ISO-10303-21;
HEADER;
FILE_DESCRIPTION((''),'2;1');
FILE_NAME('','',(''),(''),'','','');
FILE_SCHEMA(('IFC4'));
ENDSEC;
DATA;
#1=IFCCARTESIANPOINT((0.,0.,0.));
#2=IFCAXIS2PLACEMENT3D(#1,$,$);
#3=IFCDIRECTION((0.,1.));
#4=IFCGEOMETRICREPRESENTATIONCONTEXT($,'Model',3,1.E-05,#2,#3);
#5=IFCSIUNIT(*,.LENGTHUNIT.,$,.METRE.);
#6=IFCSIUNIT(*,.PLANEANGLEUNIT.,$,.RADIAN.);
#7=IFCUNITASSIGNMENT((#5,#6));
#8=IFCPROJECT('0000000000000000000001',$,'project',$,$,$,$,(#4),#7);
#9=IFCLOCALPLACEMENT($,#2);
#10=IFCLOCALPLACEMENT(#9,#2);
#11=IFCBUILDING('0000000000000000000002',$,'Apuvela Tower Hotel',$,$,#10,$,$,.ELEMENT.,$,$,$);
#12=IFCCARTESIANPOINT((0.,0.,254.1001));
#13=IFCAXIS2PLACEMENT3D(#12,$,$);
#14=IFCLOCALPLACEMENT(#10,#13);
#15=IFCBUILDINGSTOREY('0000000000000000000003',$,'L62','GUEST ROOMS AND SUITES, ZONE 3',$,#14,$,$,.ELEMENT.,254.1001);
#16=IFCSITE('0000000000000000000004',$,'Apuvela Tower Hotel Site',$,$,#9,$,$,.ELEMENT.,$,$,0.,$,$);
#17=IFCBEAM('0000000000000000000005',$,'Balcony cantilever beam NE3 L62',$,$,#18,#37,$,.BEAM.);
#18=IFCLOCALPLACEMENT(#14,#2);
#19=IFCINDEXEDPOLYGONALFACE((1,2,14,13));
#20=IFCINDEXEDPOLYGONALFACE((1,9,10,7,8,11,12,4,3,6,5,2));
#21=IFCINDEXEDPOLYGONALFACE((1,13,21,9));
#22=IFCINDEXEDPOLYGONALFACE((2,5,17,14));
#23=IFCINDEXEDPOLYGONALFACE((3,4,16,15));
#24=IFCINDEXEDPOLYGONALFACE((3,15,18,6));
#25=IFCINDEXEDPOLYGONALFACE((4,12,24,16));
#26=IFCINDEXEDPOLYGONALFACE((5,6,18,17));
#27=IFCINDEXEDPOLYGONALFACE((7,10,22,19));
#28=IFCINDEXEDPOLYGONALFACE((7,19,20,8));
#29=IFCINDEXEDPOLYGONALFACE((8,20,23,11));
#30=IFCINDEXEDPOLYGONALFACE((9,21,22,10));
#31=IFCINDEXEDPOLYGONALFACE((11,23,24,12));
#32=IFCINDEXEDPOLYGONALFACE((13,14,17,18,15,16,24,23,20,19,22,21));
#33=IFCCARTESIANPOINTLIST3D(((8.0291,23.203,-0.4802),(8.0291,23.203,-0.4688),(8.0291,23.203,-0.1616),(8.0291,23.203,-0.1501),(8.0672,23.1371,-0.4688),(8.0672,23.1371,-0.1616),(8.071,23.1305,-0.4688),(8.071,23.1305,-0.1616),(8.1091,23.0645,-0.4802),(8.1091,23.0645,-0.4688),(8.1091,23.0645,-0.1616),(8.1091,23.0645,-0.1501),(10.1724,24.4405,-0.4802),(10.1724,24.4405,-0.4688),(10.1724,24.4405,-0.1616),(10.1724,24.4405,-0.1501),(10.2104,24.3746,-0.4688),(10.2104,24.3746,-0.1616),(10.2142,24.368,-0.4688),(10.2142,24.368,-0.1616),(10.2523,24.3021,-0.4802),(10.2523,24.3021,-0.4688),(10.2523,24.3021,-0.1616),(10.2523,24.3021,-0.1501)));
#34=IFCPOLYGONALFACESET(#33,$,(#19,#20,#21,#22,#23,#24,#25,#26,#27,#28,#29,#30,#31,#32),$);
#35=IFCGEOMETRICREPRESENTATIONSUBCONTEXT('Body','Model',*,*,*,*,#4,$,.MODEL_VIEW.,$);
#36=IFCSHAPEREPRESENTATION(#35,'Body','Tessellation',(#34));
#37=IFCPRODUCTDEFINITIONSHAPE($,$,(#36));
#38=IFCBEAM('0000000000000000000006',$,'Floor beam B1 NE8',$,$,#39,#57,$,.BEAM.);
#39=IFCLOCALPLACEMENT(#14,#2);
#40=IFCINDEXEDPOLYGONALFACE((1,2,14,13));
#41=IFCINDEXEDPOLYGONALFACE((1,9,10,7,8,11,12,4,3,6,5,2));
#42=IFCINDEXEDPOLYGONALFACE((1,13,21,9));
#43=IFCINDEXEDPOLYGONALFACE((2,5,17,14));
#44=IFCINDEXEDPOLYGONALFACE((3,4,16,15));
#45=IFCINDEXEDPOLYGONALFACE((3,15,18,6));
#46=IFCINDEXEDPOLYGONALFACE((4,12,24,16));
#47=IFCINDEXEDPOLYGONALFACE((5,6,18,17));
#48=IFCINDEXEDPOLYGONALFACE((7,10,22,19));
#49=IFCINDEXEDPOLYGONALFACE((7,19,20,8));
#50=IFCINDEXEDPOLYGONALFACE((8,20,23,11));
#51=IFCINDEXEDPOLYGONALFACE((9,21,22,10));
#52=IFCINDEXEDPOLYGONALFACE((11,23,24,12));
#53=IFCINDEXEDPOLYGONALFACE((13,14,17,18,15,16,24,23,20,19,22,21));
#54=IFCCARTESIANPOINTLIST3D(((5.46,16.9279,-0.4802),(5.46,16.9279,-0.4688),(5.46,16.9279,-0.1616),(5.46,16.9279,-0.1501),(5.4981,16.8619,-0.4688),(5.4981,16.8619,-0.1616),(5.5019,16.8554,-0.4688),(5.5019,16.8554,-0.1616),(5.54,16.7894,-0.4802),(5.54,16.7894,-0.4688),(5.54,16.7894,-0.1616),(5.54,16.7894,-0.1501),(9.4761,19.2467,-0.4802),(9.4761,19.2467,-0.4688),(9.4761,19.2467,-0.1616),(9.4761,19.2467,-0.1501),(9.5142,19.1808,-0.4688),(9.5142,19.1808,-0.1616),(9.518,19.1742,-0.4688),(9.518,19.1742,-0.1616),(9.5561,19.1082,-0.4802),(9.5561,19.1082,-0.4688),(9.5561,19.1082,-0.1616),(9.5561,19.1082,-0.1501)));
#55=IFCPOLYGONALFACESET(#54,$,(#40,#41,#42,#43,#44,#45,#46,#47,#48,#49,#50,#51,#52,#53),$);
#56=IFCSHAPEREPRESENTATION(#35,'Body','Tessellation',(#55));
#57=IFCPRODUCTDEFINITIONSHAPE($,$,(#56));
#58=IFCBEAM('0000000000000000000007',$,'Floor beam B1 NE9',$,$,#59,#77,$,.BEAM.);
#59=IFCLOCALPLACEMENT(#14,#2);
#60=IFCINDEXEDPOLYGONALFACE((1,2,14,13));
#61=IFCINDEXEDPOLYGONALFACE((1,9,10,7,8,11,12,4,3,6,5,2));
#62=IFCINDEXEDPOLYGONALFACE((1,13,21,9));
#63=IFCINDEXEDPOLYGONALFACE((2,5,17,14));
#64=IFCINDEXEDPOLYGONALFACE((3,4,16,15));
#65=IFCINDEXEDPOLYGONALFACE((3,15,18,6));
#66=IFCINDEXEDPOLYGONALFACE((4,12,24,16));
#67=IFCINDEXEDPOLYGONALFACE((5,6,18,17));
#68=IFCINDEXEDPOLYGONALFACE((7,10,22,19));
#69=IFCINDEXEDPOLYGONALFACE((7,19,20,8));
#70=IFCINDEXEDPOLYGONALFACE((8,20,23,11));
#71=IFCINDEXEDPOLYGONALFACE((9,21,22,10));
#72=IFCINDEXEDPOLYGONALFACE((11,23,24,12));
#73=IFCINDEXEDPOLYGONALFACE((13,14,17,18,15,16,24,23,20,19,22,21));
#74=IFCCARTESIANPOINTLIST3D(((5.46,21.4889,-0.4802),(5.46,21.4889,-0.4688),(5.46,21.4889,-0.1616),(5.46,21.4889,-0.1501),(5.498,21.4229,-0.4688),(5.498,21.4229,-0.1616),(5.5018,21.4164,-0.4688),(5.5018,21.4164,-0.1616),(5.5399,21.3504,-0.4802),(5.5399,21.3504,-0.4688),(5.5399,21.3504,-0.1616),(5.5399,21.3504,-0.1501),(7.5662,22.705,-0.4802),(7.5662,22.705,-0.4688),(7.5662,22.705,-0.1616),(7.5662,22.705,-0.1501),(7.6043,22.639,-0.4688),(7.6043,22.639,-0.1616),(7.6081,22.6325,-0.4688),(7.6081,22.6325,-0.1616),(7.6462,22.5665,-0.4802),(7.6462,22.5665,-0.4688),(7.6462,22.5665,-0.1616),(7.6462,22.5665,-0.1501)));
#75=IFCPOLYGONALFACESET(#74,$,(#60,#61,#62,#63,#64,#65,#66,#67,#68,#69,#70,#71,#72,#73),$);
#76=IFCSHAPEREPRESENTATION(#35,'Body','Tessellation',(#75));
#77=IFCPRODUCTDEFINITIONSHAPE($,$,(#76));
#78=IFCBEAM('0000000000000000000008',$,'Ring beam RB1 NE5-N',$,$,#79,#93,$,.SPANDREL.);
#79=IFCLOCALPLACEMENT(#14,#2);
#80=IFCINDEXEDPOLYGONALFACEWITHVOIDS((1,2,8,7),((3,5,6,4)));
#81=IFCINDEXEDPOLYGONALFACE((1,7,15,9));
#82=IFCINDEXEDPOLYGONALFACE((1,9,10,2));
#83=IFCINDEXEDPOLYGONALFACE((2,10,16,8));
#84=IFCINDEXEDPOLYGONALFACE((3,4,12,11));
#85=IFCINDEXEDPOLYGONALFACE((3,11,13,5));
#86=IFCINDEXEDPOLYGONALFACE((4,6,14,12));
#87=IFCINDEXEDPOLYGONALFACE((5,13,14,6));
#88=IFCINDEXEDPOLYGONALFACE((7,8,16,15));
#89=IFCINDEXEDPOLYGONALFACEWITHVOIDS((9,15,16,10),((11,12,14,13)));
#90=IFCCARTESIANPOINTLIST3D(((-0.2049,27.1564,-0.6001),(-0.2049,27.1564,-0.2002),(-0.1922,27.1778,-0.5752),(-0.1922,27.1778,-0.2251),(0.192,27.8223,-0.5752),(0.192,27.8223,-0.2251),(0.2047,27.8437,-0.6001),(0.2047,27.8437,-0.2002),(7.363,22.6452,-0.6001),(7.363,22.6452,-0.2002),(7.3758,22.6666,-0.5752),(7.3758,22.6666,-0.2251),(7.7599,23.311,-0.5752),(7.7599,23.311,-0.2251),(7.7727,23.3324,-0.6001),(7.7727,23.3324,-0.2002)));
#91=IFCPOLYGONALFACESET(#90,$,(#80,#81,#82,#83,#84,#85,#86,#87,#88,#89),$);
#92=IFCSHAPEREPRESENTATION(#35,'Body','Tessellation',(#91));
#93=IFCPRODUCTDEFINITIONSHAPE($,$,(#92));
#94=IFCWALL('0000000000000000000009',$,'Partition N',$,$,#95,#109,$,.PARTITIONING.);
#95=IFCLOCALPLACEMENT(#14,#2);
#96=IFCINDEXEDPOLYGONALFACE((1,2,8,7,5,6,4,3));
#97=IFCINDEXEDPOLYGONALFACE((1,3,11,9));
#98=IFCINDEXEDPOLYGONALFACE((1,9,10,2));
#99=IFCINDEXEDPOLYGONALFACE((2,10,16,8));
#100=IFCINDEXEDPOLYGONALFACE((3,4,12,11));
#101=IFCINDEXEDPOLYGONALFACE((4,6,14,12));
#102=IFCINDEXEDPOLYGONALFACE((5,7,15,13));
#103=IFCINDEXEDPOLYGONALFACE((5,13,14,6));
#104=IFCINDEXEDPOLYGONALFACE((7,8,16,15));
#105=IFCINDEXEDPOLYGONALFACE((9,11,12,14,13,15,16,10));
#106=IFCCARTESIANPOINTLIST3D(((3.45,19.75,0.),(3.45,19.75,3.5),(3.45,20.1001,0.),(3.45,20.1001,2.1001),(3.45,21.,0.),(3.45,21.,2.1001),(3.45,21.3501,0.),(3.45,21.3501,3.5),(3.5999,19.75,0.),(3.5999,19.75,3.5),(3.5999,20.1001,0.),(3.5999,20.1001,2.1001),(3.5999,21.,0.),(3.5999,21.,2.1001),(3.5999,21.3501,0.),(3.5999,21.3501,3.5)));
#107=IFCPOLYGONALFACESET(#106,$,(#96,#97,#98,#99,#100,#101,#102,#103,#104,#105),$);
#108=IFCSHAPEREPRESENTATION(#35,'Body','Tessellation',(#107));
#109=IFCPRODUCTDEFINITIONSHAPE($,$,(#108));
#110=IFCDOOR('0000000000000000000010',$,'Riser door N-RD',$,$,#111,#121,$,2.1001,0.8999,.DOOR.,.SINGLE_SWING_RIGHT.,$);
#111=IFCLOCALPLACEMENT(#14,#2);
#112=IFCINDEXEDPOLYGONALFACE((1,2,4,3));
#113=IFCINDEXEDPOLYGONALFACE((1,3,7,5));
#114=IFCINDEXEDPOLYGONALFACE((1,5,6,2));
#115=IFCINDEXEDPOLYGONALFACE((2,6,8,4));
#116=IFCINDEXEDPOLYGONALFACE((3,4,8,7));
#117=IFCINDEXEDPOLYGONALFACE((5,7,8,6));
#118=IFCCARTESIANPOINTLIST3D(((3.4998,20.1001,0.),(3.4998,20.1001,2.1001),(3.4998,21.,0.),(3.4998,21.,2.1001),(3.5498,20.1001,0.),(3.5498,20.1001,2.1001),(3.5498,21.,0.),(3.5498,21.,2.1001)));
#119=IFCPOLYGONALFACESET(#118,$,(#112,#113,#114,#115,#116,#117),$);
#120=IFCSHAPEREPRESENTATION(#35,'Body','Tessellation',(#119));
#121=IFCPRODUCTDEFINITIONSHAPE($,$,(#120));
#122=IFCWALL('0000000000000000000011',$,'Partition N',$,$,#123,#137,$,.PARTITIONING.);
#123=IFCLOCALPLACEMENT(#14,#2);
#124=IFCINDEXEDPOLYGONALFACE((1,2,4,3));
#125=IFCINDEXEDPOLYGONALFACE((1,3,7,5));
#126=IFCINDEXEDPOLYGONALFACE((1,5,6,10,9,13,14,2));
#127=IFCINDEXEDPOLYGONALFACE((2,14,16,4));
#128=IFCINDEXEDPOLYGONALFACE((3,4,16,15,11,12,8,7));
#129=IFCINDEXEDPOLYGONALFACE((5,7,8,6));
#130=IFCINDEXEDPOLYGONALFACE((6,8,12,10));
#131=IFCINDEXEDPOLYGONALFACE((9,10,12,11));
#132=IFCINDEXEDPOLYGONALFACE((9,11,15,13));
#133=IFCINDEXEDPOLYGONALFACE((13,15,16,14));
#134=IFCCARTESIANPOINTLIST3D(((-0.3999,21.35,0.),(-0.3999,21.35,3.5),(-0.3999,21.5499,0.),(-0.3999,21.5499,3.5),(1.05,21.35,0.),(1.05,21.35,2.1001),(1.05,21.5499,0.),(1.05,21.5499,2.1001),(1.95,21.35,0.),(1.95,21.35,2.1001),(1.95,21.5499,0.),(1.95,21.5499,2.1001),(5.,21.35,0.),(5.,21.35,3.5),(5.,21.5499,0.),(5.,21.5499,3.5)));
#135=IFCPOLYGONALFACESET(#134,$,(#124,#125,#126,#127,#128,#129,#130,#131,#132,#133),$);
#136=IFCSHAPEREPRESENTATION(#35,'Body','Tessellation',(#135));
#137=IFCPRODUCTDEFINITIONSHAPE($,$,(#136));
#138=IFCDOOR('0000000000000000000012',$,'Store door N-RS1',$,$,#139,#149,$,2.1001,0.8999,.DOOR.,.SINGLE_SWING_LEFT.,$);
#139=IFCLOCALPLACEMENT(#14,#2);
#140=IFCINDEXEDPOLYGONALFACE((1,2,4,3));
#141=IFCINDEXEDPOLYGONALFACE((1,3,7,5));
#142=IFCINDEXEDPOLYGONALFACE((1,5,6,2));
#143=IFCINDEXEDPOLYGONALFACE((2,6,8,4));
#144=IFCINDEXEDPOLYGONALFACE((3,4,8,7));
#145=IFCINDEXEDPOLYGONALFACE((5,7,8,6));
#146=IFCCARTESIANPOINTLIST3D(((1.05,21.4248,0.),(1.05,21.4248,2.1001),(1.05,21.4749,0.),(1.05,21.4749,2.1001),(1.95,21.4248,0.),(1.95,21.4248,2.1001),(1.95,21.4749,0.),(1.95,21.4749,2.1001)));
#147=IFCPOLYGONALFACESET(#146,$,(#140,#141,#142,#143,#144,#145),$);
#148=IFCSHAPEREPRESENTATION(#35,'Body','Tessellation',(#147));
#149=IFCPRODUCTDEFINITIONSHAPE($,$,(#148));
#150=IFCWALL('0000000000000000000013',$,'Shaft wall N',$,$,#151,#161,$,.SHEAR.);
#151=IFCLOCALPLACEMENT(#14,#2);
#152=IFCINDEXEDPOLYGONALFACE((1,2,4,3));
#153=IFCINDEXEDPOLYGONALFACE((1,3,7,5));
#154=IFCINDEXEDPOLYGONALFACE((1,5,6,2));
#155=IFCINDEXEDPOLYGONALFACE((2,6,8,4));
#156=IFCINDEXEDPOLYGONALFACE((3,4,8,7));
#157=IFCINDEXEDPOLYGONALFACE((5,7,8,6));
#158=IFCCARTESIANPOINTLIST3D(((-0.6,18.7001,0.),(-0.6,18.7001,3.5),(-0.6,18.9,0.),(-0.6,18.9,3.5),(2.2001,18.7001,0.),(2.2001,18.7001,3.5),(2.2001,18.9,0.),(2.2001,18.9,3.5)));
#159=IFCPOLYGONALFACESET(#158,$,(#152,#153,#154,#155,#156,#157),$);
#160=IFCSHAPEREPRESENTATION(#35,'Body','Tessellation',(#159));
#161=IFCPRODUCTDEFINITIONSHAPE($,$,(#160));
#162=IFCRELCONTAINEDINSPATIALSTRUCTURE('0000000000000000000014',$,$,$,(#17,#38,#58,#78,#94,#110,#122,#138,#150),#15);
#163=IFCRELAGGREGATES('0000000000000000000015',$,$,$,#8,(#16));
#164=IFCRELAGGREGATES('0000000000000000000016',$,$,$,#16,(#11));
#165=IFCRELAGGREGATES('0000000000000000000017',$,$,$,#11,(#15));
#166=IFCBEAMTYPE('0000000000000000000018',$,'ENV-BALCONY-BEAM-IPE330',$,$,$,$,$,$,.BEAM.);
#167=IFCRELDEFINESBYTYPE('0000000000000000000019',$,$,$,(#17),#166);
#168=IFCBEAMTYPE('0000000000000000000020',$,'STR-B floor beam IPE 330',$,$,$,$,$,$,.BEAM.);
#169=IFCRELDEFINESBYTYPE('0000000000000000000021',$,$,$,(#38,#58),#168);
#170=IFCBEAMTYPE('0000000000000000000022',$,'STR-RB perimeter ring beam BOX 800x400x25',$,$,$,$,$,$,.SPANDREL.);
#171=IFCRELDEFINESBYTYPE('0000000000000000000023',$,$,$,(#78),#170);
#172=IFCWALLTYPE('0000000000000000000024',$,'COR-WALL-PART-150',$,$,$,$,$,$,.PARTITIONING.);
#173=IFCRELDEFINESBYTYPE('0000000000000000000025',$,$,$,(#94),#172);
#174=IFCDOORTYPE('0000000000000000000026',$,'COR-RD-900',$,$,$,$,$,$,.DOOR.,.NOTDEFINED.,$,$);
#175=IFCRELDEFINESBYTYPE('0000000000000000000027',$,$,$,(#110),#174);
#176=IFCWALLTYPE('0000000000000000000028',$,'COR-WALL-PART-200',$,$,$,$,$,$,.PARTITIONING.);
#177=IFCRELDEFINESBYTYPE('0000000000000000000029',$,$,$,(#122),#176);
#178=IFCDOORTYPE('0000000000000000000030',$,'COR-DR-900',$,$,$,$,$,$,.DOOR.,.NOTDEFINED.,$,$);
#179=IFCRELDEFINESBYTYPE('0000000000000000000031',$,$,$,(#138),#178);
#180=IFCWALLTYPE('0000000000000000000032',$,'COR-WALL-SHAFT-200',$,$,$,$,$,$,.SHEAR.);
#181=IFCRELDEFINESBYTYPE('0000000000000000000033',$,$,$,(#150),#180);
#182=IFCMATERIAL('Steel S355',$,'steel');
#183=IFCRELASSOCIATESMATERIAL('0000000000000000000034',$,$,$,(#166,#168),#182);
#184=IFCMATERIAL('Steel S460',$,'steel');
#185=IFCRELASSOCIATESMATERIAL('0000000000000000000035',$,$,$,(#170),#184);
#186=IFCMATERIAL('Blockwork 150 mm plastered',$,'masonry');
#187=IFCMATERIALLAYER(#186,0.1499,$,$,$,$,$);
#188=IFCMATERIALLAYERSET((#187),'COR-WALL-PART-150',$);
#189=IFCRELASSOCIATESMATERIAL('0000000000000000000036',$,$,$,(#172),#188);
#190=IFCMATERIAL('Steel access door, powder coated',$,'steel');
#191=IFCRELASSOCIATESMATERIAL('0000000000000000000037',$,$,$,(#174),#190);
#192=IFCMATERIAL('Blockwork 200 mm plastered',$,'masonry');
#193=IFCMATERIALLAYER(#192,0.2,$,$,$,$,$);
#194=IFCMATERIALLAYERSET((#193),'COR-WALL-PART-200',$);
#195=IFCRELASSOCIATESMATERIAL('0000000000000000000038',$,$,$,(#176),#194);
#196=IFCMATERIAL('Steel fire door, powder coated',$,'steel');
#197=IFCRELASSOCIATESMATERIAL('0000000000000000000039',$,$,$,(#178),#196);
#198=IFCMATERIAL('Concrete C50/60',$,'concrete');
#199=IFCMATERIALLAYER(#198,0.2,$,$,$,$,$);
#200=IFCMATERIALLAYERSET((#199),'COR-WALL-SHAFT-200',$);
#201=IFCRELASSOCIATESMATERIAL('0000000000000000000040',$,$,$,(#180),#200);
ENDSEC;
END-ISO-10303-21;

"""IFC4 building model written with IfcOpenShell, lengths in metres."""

from ifc_helpers import new_model, si_unit, direction, frame, frame_2d, origin, origin_2d, place, context, subcontext, project, spatial, rectangle, hollow_rectangle, i_section, extrude, material, layer, layer_set, material_profile, profile_set, type_object, element, fill, save


model = new_model("IFC4")

# Units and contexts
model_context = context("Model", 3, precision=1e-05, world=origin(), true_north=direction((0.0, 1.0)))
body_context = subcontext(model_context, "Body", "Model", "MODEL_VIEW")
ifc_project = project(units=[si_unit("LENGTHUNIT", "METRE"), si_unit("PLANEANGLEUNIT", "RADIAN")], contexts=[model_context])

# Site, building, storey
site_placement = place(None, origin())
site = spatial("IfcSite", under=ifc_project, at=site_placement, Name="Apuvela Tower Hotel Site", CompositionType="ELEMENT", RefElevation=0.0)
building_placement = place(site_placement, origin())
building = spatial("IfcBuilding", under=site, at=building_placement, Name="Apuvela Tower Hotel", CompositionType="ELEMENT")
storey_placement = place(building_placement, frame((0.0, 0.0, 254.1001)))
storey = spatial("IfcBuildingStorey", under=building, at=storey_placement, Name="L62", Description="GUEST ROOMS AND SUITES, ZONE 3", CompositionType="ELEMENT", Elevation=254.1001)

# Shared definitions
ifc_material_1 = material(Name="Steel S460", Category="steel")

# Beams
ifc_material_2 = material(Name="Steel S355", Category="steel")
ifc_material_profile_1 = material_profile(ifc_material_2, i_section(OverallWidth=0.1599, OverallDepth=0.3301, WebThickness=0.0076, FlangeThickness=0.0115, at=origin_2d()), Name="IPE 330")
ifc_profile_set_1 = profile_set([ifc_material_profile_1], Name="Steel S355")
beam_type_1 = type_object("IfcBeamType", Name="ENV-BALCONY-BEAM-IPE330", PredefinedType="BEAM", material=ifc_profile_set_1)
beam_1_placement = place(storey_placement, frame((8.0691, 23.1338, -0.3152), z_axis=(0.866007, 0.500033, 0.0), x_axis=(-0.500033, 0.866007, 0.0)))
element("IfcBeam", 1, at=beam_1_placement, inside=storey, type_object=beam_type_1, Name="Balcony cantilever beam NE3 L62", PredefinedType="BEAM", context=body_context, shape_type="SweptSolid", body=[
    extrude(i_section(OverallWidth=0.1599, OverallDepth=0.3301, WebThickness=0.0076, FlangeThickness=0.0115, at=origin_2d()), origin(), (0.0, 0.0, 1.0), 2.4749),
])
ifc_material_profile_2 = material_profile(ifc_material_2, i_section(OverallWidth=0.1599, OverallDepth=0.3301, WebThickness=0.0076, FlangeThickness=0.0115, at=origin_2d()), Name="IPE 330")
ifc_profile_set_2 = profile_set([ifc_material_profile_2], Name="Steel S355")
beam_type_2 = type_object("IfcBeamType", Name="STR-B floor beam IPE 330", PredefinedType="BEAM", material=ifc_profile_set_2)
beam_2_placement = place(storey_placement, frame((9.5161, 19.1775, -0.3152), z_axis=(-0.866012, -0.500023, 0.0), x_axis=(0.500023, -0.866012, 0.0)))
element("IfcBeam", 2, at=beam_2_placement, inside=storey, type_object=beam_type_2, Name="Floor beam B1 NE8", PredefinedType="BEAM", context=body_context, shape_type="SweptSolid", body=[
    extrude(i_section(OverallWidth=0.1599, OverallDepth=0.3301, WebThickness=0.0076, FlangeThickness=0.0115, at=origin_2d()), origin(), (0.0, 0.0, 1.0), 4.6375),
])
beam_3_placement = place(storey_placement, frame((7.6062, 22.6357, -0.3152), z_axis=(-0.866017, -0.500015, 0.0), x_axis=(0.500015, -0.866017, 0.0)))
element("IfcBeam", 3, at=beam_3_placement, inside=storey, type_object=beam_type_2, Name="Floor beam B1 NE9", PredefinedType="BEAM", context=body_context, shape_type="SweptSolid", body=[
    extrude(i_section(OverallWidth=0.1599, OverallDepth=0.3301, WebThickness=0.0076, FlangeThickness=0.0115, at=origin_2d()), origin(), (0.0, 0.0, 1.0), 2.4321),
])
ifc_material_profile_3 = material_profile(ifc_material_1, hollow_rectangle(XDim=0.8, YDim=0.3999, WallThickness=0.0249, at=origin_2d()), Name="BOX 800x400x25")
ifc_profile_set_3 = profile_set([ifc_material_profile_3], Name="Steel S460")
beam_type_3 = type_object("IfcBeamType", Name="STR-RB perimeter ring beam BOX 800x400x25", PredefinedType="SPANDREL", material=ifc_profile_set_3)
beam_4_placement = place(storey_placement, frame((7.5679, 22.9888, -0.4001), z_axis=(-0.858966, 0.512032, 0.0), x_axis=(-0.512032, -0.858966, 0.0)))
element("IfcBeam", 4, at=beam_4_placement, inside=storey, type_object=beam_type_3, Name="Ring beam RB1 NE5-N", PredefinedType="SPANDREL", context=body_context, shape_type="SweptSolid", body=[
    extrude(hollow_rectangle(XDim=0.8, YDim=0.3999, WallThickness=0.0249, at=origin_2d()), origin(), (0.0, 0.0, 1.0), 8.8105),
])

# Walls, openings, doors
ifc_material_3 = material(Name="Blockwork 150 mm plastered", Category="masonry")
ifc_layer_1 = layer(ifc_material_3, 0.1499)
ifc_layer_set_1 = layer_set([ifc_layer_1], Name="COR-WALL-PART-150")
wall_type_1 = type_object("IfcWallType", Name="COR-WALL-PART-150", PredefinedType="PARTITIONING", material=ifc_layer_set_1)
wall_1_placement = place(storey_placement, frame((3.5249, 19.75, 0.0), z_axis=(0.0, 0.0, 1.0), x_axis=(0.0, 1.0, 0.0)))
wall_1 = element("IfcWall", 5, at=wall_1_placement, inside=storey, type_object=wall_type_1, Name="Partition N", PredefinedType="PARTITIONING", context=body_context, shape_type="SweptSolid", body=[
    extrude(rectangle(XDim=1.6001, YDim=0.1499, at=frame_2d((0.8, 0.0))), origin(), (0.0, 0.0, 1.0), 3.5),
])
opening_1_placement = place(wall_1_placement, frame((0.3501, 0.0, 0.0)))
opening_1 = element("IfcOpeningElement", 6, at=opening_1_placement, cuts=wall_1, PredefinedType="OPENING", context=body_context, shape_type="SweptSolid", body=[
    extrude(rectangle(XDim=0.8999, YDim=2.1001, at=frame_2d((0.45, 1.05))), frame((0.0, 0.085, 0.0), z_axis=(0.0, -1.0, 0.0), x_axis=(1.0, 0.0, 0.0)), (0.0, 0.0, 1.0), 0.1699),
])
ifc_material_4 = material(Name="Steel access door, powder coated", Category="steel")
door_type_1 = type_object("IfcDoorType", Name="COR-RD-900", OperationType="NOTDEFINED", PredefinedType="DOOR", material=ifc_material_4)
door_1_placement = place(opening_1_placement, frame((0.8999, 0.0, 0.0), z_axis=(0.0, 0.0, 1.0), x_axis=(-1.0, 0.0, 0.0)))
door_1 = element("IfcDoor", 7, at=door_1_placement, inside=storey, type_object=door_type_1, Name="Riser door N-RD", OperationType="SINGLE_SWING_RIGHT", OverallHeight=2.1001, OverallWidth=0.8999, PredefinedType="DOOR", context=body_context, shape_type="SweptSolid", body=[
    extrude(rectangle(XDim=0.8999, YDim=2.1001, at=frame_2d((0.45, 1.05))), frame((0.0, 0.0249, 0.0), z_axis=(0.0, -1.0, 0.0), x_axis=(1.0, 0.0, 0.0)), (0.0, 0.0, 1.0), 0.05),
])
fill(opening_1, door_1)
ifc_material_5 = material(Name="Blockwork 200 mm plastered", Category="masonry")
ifc_layer_2 = layer(ifc_material_5, 0.2)
ifc_layer_set_2 = layer_set([ifc_layer_2], Name="COR-WALL-PART-200")
wall_type_2 = type_object("IfcWallType", Name="COR-WALL-PART-200", PredefinedType="PARTITIONING", material=ifc_layer_set_2)
wall_2_placement = place(storey_placement, frame((5.0, 21.45, 0.0), z_axis=(0.0, 0.0, 1.0), x_axis=(-1.0, 0.0, 0.0)))
wall_2 = element("IfcWall", 8, at=wall_2_placement, inside=storey, type_object=wall_type_2, Name="Partition N", PredefinedType="PARTITIONING", context=body_context, shape_type="SweptSolid", body=[
    extrude(rectangle(XDim=5.3999, YDim=0.2, at=frame_2d((2.7, 0.0))), origin(), (0.0, 0.0, 1.0), 3.5),
])
opening_2_placement = place(wall_2_placement, frame((3.05, 0.0, 0.0)))
opening_2 = element("IfcOpeningElement", 9, at=opening_2_placement, cuts=wall_2, PredefinedType="OPENING", context=body_context, shape_type="SweptSolid", body=[
    extrude(rectangle(XDim=0.8999, YDim=2.1001, at=frame_2d((0.45, 1.05))), frame((0.0, 0.1099, 0.0), z_axis=(0.0, -1.0, 0.0), x_axis=(1.0, 0.0, 0.0)), (0.0, 0.0, 1.0), 0.22),
])
ifc_material_6 = material(Name="Steel fire door, powder coated", Category="steel")
door_type_2 = type_object("IfcDoorType", Name="COR-DR-900", OperationType="NOTDEFINED", PredefinedType="DOOR", material=ifc_material_6)
door_2_placement = place(opening_2_placement, frame((0.8999, 0.0, 0.0), z_axis=(0.0, 0.0, 1.0), x_axis=(-1.0, 0.0, 0.0)))
door_2 = element("IfcDoor", 10, at=door_2_placement, inside=storey, type_object=door_type_2, Name="Store door N-RS1", OperationType="SINGLE_SWING_LEFT", OverallHeight=2.1001, OverallWidth=0.8999, PredefinedType="DOOR", context=body_context, shape_type="SweptSolid", body=[
    extrude(rectangle(XDim=0.8999, YDim=2.1001, at=frame_2d((0.45, 1.05))), frame((0.0, 0.0249, 0.0), z_axis=(0.0, -1.0, 0.0), x_axis=(1.0, 0.0, 0.0)), (0.0, 0.0, 1.0), 0.05),
])
fill(opening_2, door_2)

# Wall
ifc_material_7 = material(Name="Concrete C50/60", Category="concrete")
ifc_layer_3 = layer(ifc_material_7, 0.2)
ifc_layer_set_3 = layer_set([ifc_layer_3], Name="COR-WALL-SHAFT-200")
wall_type_3 = type_object("IfcWallType", Name="COR-WALL-SHAFT-200", PredefinedType="SHEAR", material=ifc_layer_set_3)
wall_3_placement = place(storey_placement, frame((2.2, 18.8, 0.0), z_axis=(0.0, 0.0, 1.0), x_axis=(-1.0, 0.0, 0.0)))
element("IfcWall", 11, at=wall_3_placement, inside=storey, type_object=wall_type_3, Name="Shaft wall N", PredefinedType="SHEAR", context=body_context, shape_type="SweptSolid", body=[
    extrude(rectangle(XDim=2.8, YDim=0.2, at=frame_2d((1.3999, 0.0))), origin(), (0.0, 0.0, 1.0), 3.5),
])

save(model, "model.ifc")
